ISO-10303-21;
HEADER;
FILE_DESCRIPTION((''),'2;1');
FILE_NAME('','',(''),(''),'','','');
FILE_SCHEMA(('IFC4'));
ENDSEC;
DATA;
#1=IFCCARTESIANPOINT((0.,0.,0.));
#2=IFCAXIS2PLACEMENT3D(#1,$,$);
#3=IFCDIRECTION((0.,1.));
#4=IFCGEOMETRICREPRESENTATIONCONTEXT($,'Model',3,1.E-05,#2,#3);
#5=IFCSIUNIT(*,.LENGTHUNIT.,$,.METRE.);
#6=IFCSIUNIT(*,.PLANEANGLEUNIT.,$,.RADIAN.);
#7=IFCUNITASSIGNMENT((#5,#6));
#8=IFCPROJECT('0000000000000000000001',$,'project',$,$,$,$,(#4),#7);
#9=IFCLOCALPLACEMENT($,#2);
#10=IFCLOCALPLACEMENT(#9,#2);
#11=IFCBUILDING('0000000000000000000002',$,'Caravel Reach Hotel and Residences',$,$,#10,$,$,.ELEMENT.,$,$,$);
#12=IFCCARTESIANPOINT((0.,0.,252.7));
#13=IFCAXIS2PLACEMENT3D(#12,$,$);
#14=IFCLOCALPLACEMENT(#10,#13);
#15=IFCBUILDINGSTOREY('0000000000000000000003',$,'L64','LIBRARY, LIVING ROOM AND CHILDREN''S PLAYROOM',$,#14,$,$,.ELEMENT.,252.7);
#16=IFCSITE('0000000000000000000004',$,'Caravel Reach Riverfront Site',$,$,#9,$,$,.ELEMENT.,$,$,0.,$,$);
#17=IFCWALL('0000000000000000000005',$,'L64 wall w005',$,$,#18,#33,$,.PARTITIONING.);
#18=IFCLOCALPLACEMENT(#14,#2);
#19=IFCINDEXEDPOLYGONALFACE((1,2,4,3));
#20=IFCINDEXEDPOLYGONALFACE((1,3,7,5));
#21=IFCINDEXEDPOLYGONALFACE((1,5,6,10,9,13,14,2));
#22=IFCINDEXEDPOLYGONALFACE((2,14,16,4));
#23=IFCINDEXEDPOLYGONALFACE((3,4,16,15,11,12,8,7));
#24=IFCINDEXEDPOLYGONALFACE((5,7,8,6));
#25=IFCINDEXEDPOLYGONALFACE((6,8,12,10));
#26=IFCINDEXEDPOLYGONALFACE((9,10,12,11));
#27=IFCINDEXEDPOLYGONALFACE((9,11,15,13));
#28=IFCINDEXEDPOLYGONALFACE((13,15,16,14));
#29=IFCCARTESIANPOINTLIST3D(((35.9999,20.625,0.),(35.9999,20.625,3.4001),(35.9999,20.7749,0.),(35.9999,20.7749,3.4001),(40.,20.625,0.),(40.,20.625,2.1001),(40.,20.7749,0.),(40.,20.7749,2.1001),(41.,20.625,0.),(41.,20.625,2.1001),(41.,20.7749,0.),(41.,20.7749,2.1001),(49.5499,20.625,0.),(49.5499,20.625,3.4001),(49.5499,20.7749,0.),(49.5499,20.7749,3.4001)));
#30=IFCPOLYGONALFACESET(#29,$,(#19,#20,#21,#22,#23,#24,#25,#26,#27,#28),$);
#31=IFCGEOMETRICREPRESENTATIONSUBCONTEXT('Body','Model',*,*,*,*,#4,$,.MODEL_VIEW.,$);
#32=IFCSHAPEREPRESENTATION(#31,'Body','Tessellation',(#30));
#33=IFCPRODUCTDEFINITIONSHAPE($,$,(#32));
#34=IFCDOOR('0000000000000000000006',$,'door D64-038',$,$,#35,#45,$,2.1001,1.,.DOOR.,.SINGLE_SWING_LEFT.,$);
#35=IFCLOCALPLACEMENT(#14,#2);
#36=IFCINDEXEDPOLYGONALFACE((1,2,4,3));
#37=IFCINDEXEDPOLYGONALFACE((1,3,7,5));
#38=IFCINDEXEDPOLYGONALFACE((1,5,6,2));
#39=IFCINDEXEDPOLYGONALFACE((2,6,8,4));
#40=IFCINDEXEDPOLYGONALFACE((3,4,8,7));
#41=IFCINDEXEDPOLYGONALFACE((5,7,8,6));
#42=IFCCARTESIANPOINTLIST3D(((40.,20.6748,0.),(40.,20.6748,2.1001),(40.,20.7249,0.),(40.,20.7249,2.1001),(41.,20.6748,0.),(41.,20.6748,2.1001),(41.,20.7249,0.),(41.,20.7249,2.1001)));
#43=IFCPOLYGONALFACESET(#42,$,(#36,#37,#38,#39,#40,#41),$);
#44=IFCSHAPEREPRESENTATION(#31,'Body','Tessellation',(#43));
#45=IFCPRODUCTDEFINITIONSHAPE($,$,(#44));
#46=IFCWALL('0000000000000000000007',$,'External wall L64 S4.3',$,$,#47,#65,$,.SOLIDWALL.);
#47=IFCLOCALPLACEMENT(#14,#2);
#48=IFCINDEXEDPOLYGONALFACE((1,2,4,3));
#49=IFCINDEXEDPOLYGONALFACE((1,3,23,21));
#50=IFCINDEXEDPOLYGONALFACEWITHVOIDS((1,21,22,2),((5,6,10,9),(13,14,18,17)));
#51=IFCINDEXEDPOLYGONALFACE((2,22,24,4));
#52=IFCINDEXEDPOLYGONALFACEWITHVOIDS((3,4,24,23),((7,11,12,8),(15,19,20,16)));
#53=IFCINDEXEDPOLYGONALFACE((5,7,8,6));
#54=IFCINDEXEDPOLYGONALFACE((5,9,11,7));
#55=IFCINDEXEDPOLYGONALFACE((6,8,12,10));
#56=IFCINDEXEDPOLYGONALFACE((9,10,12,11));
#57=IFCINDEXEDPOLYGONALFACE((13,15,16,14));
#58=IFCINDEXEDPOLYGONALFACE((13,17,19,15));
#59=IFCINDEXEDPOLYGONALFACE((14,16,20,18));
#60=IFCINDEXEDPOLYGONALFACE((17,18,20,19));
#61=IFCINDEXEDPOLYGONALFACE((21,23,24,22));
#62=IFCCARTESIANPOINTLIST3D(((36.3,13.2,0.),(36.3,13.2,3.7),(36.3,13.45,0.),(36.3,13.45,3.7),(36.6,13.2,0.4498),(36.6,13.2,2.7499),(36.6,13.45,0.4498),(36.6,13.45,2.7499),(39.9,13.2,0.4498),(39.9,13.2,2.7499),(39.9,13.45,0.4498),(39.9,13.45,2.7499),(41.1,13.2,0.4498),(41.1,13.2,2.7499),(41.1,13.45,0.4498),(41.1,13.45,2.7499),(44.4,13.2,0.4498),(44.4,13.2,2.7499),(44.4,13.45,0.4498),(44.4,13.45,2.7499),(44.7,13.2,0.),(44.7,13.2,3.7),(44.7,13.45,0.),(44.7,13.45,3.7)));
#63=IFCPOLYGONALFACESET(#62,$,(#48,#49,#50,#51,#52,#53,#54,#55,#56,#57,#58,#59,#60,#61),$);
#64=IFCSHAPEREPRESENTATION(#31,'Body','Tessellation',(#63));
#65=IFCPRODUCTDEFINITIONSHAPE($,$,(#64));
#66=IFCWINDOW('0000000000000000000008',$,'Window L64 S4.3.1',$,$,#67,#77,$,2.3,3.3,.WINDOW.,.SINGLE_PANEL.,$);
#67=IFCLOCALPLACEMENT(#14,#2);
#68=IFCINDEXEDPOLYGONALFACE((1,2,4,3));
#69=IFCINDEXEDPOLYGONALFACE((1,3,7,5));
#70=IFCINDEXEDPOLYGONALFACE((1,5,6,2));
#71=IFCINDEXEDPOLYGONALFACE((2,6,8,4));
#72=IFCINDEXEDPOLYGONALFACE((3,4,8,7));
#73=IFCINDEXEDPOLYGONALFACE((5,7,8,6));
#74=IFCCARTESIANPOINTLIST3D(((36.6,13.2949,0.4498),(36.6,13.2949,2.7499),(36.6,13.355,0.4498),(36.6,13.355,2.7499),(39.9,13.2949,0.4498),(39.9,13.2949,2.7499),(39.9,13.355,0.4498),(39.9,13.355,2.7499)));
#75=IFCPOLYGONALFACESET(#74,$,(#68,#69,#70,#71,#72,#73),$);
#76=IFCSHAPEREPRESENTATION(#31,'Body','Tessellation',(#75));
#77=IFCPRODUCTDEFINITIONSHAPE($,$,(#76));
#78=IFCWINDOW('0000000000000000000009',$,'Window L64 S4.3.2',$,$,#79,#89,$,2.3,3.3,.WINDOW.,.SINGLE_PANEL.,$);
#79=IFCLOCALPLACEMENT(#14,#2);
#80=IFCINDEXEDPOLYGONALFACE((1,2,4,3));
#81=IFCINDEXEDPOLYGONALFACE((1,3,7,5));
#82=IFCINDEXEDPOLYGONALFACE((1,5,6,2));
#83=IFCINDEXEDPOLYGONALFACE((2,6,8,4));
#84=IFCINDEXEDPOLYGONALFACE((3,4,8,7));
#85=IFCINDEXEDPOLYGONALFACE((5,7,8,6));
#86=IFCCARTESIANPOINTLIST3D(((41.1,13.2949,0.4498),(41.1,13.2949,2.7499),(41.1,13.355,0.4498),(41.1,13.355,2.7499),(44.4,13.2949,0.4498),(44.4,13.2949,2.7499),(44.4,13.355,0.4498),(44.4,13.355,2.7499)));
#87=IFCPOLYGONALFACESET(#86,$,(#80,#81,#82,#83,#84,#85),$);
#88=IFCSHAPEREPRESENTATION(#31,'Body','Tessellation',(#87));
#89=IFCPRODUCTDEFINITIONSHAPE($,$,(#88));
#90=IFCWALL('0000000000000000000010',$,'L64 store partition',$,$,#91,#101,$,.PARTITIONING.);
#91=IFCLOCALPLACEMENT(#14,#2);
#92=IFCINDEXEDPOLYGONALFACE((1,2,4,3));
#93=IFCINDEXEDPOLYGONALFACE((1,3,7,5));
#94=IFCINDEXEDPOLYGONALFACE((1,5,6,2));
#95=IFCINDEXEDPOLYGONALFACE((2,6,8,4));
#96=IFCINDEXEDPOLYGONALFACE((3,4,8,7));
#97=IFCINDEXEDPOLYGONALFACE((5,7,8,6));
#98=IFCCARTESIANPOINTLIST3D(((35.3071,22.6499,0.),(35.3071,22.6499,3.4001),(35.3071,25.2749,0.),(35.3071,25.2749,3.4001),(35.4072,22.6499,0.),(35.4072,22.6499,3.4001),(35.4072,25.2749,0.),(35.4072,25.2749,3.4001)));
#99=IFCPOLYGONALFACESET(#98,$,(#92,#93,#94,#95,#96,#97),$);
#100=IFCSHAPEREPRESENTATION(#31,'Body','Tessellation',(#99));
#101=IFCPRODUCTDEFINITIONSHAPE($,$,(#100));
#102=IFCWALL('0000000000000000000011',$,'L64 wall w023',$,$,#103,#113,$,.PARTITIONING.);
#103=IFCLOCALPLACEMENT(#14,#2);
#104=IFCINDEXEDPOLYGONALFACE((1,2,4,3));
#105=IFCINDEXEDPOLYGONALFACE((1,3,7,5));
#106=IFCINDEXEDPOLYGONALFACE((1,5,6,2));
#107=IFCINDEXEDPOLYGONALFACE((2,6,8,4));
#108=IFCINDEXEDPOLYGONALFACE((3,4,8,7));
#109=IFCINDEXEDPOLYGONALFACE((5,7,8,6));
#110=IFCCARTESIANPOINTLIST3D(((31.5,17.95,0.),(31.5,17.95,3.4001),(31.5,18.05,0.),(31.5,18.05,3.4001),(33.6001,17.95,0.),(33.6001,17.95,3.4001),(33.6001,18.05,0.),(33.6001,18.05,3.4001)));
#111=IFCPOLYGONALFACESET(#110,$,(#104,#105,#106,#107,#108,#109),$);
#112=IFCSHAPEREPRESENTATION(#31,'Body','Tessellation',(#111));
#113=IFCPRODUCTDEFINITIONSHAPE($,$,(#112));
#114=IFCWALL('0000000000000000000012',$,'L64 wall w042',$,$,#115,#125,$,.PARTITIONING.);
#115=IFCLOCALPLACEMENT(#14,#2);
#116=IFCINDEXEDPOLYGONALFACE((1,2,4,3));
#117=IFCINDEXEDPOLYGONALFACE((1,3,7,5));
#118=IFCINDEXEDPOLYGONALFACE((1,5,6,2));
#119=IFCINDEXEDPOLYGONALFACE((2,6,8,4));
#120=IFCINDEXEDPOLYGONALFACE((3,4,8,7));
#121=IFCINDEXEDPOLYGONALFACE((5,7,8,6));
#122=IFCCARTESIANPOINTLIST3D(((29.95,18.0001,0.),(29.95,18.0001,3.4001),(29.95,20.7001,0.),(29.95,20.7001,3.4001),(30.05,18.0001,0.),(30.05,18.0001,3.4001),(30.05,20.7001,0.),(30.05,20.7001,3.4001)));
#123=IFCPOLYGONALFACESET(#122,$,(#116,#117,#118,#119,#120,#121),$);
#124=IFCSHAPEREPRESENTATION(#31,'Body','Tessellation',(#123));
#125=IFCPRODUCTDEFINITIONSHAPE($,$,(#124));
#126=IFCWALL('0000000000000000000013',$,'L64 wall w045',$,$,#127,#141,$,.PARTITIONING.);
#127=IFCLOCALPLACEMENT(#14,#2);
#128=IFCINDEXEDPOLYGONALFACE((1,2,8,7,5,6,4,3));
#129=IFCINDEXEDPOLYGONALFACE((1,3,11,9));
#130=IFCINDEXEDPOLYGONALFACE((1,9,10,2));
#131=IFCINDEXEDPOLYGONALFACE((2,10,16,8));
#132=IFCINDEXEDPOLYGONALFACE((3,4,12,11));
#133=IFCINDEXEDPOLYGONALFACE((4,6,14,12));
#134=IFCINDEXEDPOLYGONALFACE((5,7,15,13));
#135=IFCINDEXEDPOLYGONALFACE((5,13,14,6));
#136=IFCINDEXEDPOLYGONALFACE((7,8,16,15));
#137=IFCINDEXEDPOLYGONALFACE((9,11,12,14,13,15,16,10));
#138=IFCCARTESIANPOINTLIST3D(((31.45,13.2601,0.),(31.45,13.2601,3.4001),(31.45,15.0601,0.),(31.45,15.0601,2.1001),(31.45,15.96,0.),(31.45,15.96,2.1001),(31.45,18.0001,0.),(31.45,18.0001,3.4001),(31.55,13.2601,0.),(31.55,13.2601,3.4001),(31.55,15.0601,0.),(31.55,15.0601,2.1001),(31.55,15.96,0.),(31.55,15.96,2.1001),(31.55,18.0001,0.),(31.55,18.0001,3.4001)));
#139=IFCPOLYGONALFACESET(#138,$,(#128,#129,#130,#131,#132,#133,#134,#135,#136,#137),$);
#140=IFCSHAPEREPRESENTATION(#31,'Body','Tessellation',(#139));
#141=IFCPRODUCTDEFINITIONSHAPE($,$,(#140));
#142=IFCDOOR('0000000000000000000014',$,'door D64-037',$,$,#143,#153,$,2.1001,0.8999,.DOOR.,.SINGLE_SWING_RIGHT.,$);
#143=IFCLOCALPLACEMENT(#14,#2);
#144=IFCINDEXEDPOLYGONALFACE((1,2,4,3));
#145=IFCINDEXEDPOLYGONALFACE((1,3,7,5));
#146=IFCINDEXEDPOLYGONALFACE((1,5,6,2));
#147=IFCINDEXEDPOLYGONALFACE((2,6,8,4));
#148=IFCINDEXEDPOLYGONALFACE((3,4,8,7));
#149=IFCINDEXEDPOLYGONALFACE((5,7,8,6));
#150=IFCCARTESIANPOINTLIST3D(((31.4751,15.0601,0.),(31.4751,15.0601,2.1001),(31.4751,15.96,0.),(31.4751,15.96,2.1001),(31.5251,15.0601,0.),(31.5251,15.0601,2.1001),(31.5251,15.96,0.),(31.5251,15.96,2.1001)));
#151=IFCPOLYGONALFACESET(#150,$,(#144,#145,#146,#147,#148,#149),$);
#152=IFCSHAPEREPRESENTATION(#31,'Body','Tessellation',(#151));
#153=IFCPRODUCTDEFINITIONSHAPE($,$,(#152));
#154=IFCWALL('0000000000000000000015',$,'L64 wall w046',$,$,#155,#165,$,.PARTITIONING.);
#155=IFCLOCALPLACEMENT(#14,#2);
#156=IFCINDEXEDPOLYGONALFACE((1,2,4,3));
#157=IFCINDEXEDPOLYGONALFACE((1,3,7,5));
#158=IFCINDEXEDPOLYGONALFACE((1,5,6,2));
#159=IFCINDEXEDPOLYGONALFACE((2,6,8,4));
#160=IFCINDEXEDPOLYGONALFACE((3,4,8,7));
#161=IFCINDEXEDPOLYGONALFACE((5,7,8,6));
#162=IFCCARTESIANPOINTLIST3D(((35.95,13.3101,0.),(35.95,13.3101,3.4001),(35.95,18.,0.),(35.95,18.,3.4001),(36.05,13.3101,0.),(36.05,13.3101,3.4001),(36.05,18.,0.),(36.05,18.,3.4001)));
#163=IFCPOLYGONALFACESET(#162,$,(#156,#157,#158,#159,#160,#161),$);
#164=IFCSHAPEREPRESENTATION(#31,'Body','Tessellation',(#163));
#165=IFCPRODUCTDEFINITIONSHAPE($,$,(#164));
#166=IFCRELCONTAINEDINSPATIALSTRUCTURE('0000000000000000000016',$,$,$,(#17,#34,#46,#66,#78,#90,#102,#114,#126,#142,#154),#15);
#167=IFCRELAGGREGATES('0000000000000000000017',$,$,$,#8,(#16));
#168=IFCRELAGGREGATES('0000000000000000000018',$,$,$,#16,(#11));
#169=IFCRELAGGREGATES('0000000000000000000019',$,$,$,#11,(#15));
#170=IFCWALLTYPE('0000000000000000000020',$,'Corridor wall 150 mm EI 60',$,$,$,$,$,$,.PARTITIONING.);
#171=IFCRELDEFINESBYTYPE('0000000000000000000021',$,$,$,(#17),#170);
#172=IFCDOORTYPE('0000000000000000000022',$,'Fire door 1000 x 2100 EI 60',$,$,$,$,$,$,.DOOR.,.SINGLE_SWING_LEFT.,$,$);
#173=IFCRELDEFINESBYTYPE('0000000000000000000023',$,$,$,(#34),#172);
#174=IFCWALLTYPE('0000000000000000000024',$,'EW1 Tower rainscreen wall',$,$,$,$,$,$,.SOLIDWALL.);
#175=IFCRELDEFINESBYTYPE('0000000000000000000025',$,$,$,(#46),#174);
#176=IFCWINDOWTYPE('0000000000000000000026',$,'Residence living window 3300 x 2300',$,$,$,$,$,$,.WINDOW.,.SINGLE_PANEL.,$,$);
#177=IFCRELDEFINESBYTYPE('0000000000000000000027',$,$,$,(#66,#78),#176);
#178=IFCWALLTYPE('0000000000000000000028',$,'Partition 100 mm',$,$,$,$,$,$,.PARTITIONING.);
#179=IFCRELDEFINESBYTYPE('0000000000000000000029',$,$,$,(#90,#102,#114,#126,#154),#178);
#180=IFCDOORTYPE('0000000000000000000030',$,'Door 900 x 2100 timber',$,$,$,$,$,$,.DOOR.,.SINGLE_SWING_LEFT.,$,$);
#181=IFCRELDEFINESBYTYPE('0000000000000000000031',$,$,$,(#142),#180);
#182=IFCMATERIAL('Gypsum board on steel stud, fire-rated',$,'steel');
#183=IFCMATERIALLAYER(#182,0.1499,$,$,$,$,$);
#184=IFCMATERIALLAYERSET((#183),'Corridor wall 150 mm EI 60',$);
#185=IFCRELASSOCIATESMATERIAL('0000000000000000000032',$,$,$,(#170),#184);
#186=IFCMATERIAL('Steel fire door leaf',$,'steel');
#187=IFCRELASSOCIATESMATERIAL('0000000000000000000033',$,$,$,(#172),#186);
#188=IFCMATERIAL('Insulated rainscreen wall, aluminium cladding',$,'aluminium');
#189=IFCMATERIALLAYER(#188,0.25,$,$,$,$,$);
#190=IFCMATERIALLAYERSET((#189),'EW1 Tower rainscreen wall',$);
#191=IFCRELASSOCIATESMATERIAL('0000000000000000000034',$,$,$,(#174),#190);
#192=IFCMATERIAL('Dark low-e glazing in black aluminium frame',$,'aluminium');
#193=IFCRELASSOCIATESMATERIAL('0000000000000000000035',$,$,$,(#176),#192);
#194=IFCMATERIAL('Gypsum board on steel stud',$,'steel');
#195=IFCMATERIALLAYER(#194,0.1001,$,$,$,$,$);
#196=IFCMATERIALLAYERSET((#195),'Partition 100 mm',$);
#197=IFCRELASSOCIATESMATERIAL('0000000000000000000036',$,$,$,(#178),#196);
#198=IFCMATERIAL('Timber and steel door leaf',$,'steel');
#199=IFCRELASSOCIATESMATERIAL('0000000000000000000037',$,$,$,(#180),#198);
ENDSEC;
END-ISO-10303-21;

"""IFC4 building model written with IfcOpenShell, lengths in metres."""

from ifc_helpers import new_model, si_unit, direction, frame, frame_2d, origin, place, context, subcontext, project, spatial, rectangle, extrude, material, layer, layer_set, type_object, element, fill, save


model = new_model("IFC4")

# Units and contexts
model_context = context("Model", 3, precision=1e-05, world=origin(), true_north=direction((0.0, 1.0)))
body_context = subcontext(model_context, "Body", "Model", "MODEL_VIEW")
ifc_project = project(units=[si_unit("LENGTHUNIT", "METRE"), si_unit("PLANEANGLEUNIT", "RADIAN")], contexts=[model_context])

# Site, building, storey
site_placement = place(None, origin())
site = spatial("IfcSite", under=ifc_project, at=site_placement, Name="Caravel Reach Riverfront Site", CompositionType="ELEMENT", RefElevation=0.0)
building_placement = place(site_placement, origin())
building = spatial("IfcBuilding", under=site, at=building_placement, Name="Caravel Reach Hotel and Residences", CompositionType="ELEMENT")
storey_placement = place(building_placement, frame((0.0, 0.0, 252.7)))
storey = spatial("IfcBuildingStorey", under=building, at=storey_placement, Name="L64", Description="LIBRARY, LIVING ROOM AND CHILDREN'S PLAYROOM", CompositionType="ELEMENT", Elevation=252.7)

# Wall, opening, door
ifc_material_1 = material(Name="Gypsum board on steel stud, fire-rated", Category="steel")
ifc_layer_1 = layer(ifc_material_1, 0.1499)
ifc_layer_set_1 = layer_set([ifc_layer_1], Name="Corridor wall 150 mm EI 60")
wall_type_1 = type_object("IfcWallType", Name="Corridor wall 150 mm EI 60", PredefinedType="PARTITIONING", material=ifc_layer_set_1)
wall_1_placement = place(storey_placement, frame((36.0, 20.7, 0.0), z_axis=(0.0, 0.0, 1.0), x_axis=(1.0, 0.0, 0.0)))
wall_1 = element("IfcWall", 1, at=wall_1_placement, inside=storey, type_object=wall_type_1, Name="L64 wall w005", PredefinedType="PARTITIONING", context=body_context, shape_type="SweptSolid", body=[
    extrude(rectangle(XDim=13.55, YDim=0.1499, at=frame_2d((6.7749, 0.0))), origin(), (0.0, 0.0, 1.0), 3.4001),
])
opening_1_placement = place(wall_1_placement, frame((4.0, 0.0, 0.0)))
opening_1 = element("IfcOpeningElement", 2, at=opening_1_placement, cuts=wall_1, PredefinedType="OPENING", context=body_context, shape_type="SweptSolid", body=[
    extrude(rectangle(XDim=1.0, YDim=2.1001, at=frame_2d((0.5, 1.05))), frame((0.0, 0.085, 0.0), z_axis=(0.0, -1.0, 0.0), x_axis=(1.0, 0.0, 0.0)), (0.0, 0.0, 1.0), 0.1699),
])
ifc_material_2 = material(Name="Steel fire door leaf", Category="steel")
door_type_1 = type_object("IfcDoorType", Name="Fire door 1000 x 2100 EI 60", OperationType="SINGLE_SWING_LEFT", PredefinedType="DOOR", material=ifc_material_2)
door_1_placement = place(opening_1_placement, origin())
door_1 = element("IfcDoor", 3, at=door_1_placement, inside=storey, type_object=door_type_1, Name="door D64-038", OperationType="SINGLE_SWING_LEFT", OverallHeight=2.1001, OverallWidth=1.0, PredefinedType="DOOR", context=body_context, shape_type="SweptSolid", body=[
    extrude(rectangle(XDim=1.0, YDim=2.1001, at=frame_2d((0.5, 1.05))), frame((0.0, 0.0249, 0.0), z_axis=(0.0, -1.0, 0.0), x_axis=(1.0, 0.0, 0.0)), (0.0, 0.0, 1.0), 0.05),
])
fill(opening_1, door_1)

# Wall, openings, windows
ifc_material_3 = material(Name="Insulated rainscreen wall, aluminium cladding", Category="aluminium")
ifc_layer_2 = layer(ifc_material_3, 0.25)
ifc_layer_set_2 = layer_set([ifc_layer_2], Name="EW1 Tower rainscreen wall")
wall_type_2 = type_object("IfcWallType", Name="EW1 Tower rainscreen wall", PredefinedType="SOLIDWALL", material=ifc_layer_set_2)
wall_2_placement = place(storey_placement, frame((36.3, 13.325, 0.0), z_axis=(0.0, 0.0, 1.0), x_axis=(1.0, 0.0, 0.0)))
wall_2 = element("IfcWall", 4, at=wall_2_placement, inside=storey, type_object=wall_type_2, Name="External wall L64 S4.3", PredefinedType="SOLIDWALL", context=body_context, shape_type="SweptSolid", body=[
    extrude(rectangle(XDim=8.3999, YDim=0.25, at=frame_2d((4.2, 0.0))), origin(), (0.0, 0.0, 1.0), 3.7),
])
opening_2_placement = place(wall_2_placement, frame((0.3, 0.0, 0.45)))
opening_2 = element("IfcOpeningElement", 5, at=opening_2_placement, cuts=wall_2, PredefinedType="OPENING", context=body_context, shape_type="SweptSolid", body=[
    extrude(rectangle(XDim=3.3, YDim=2.3, at=frame_2d((1.6499, 1.1499))), frame((0.0, 0.135, 0.0), z_axis=(0.0, -1.0, 0.0), x_axis=(1.0, 0.0, 0.0)), (0.0, 0.0, 1.0), 0.27),
])
opening_3_placement = place(wall_2_placement, frame((4.8, 0.0, 0.45)))
opening_3 = element("IfcOpeningElement", 6, at=opening_3_placement, cuts=wall_2, PredefinedType="OPENING", context=body_context, shape_type="SweptSolid", body=[
    extrude(rectangle(XDim=3.3, YDim=2.3, at=frame_2d((1.6499, 1.1499))), frame((0.0, 0.135, 0.0), z_axis=(0.0, -1.0, 0.0), x_axis=(1.0, 0.0, 0.0)), (0.0, 0.0, 1.0), 0.27),
])
ifc_material_4 = material(Name="Dark low-e glazing in black aluminium frame", Category="aluminium")
window_type = type_object("IfcWindowType", Name="Residence living window 3300 x 2300", PartitioningType="SINGLE_PANEL", PredefinedType="WINDOW", material=ifc_material_4)
window_1_placement = place(opening_2_placement, origin())
window_1 = element("IfcWindow", 7, at=window_1_placement, inside=storey, type_object=window_type, Name="Window L64 S4.3.1", OverallHeight=2.3, OverallWidth=3.3, PartitioningType="SINGLE_PANEL", PredefinedType="WINDOW", context=body_context, shape_type="SweptSolid", body=[
    extrude(rectangle(XDim=3.3, YDim=2.3, at=frame_2d((1.6499, 1.1499))), frame((0.0, 0.03, 0.0), z_axis=(0.0, -1.0, 0.0), x_axis=(1.0, 0.0, 0.0)), (0.0, 0.0, 1.0), 0.0601),
])
fill(opening_2, window_1)
window_2_placement = place(opening_3_placement, origin())
window_2 = element("IfcWindow", 8, at=window_2_placement, inside=storey, type_object=window_type, Name="Window L64 S4.3.2", OverallHeight=2.3, OverallWidth=3.3, PartitioningType="SINGLE_PANEL", PredefinedType="WINDOW", context=body_context, shape_type="SweptSolid", body=[
    extrude(rectangle(XDim=3.3, YDim=2.3, at=frame_2d((1.6499, 1.1499))), frame((0.0, 0.03, 0.0), z_axis=(0.0, -1.0, 0.0), x_axis=(1.0, 0.0, 0.0)), (0.0, 0.0, 1.0), 0.0601),
])
fill(opening_3, window_2)

# Walls
ifc_material_5 = material(Name="Gypsum board on steel stud", Category="steel")
ifc_layer_3 = layer(ifc_material_5, 0.1001)
ifc_layer_set_3 = layer_set([ifc_layer_3], Name="Partition 100 mm")
wall_type_3 = type_object("IfcWallType", Name="Partition 100 mm", PredefinedType="PARTITIONING", material=ifc_layer_set_3)
wall_3_placement = place(storey_placement, frame((35.3572, 22.6499, 0.0), z_axis=(0.0, 0.0, 1.0), x_axis=(0.0, 1.0, 0.0)))
element("IfcWall", 9, at=wall_3_placement, inside=storey, type_object=wall_type_3, Name="L64 store partition", PredefinedType="PARTITIONING", context=body_context, shape_type="SweptSolid", body=[
    extrude(rectangle(XDim=2.625, YDim=0.1001, at=frame_2d((1.3125, 0.0))), origin(), (0.0, 0.0, 1.0), 3.4001),
])
wall_4_placement = place(storey_placement, frame((31.5, 18.0, 0.0), z_axis=(0.0, 0.0, 1.0), x_axis=(1.0, 0.0, 0.0)))
element("IfcWall", 10, at=wall_4_placement, inside=storey, type_object=wall_type_3, Name="L64 wall w023", PredefinedType="PARTITIONING", context=body_context, shape_type="SweptSolid", body=[
    extrude(rectangle(XDim=2.1001, YDim=0.1001, at=frame_2d((1.05, 0.0))), origin(), (0.0, 0.0, 1.0), 3.4001),
])
wall_5_placement = place(storey_placement, frame((30.0, 18.0, 0.0), z_axis=(0.0, 0.0, 1.0), x_axis=(0.0, 1.0, 0.0)))
element("IfcWall", 11, at=wall_5_placement, inside=storey, type_object=wall_type_3, Name="L64 wall w042", PredefinedType="PARTITIONING", context=body_context, shape_type="SweptSolid", body=[
    extrude(rectangle(XDim=2.7, YDim=0.1001, at=frame_2d((1.3501, 0.0))), origin(), (0.0, 0.0, 1.0), 3.4001),
])

# Wall, opening, door
wall_6_placement = place(storey_placement, frame((31.5, 13.26, 0.0), z_axis=(0.0, 0.0, 1.0), x_axis=(0.0, 1.0, 0.0)))
wall_6 = element("IfcWall", 12, at=wall_6_placement, inside=storey, type_object=wall_type_3, Name="L64 wall w045", PredefinedType="PARTITIONING", context=body_context, shape_type="SweptSolid", body=[
    extrude(rectangle(XDim=4.74, YDim=0.1001, at=frame_2d((2.3701, 0.0))), origin(), (0.0, 0.0, 1.0), 3.4001),
])
opening_4_placement = place(wall_6_placement, frame((1.8, 0.0, 0.0)))
opening_4 = element("IfcOpeningElement", 13, at=opening_4_placement, cuts=wall_6, PredefinedType="OPENING", context=body_context, shape_type="SweptSolid", body=[
    extrude(rectangle(XDim=0.8999, YDim=2.1001, at=frame_2d((0.45, 1.05))), frame((0.0, 0.0601, 0.0), z_axis=(0.0, -1.0, 0.0), x_axis=(1.0, 0.0, 0.0)), (0.0, 0.0, 1.0), 0.1201),
])
ifc_material_6 = material(Name="Timber and steel door leaf", Category="steel")
door_type_2 = type_object("IfcDoorType", Name="Door 900 x 2100 timber", OperationType="SINGLE_SWING_LEFT", PredefinedType="DOOR", material=ifc_material_6)
door_2_placement = place(opening_4_placement, origin())
door_2 = element("IfcDoor", 14, at=door_2_placement, inside=storey, type_object=door_type_2, Name="door D64-037", OperationType="SINGLE_SWING_RIGHT", OverallHeight=2.1001, OverallWidth=0.8999, PredefinedType="DOOR", context=body_context, shape_type="SweptSolid", body=[
    extrude(rectangle(XDim=0.8999, YDim=2.1001, at=frame_2d((0.45, 1.05))), frame((0.0, 0.0249, 0.0), z_axis=(0.0, -1.0, 0.0), x_axis=(1.0, 0.0, 0.0)), (0.0, 0.0, 1.0), 0.05),
])
fill(opening_4, door_2)

# Wall
wall_7_placement = place(storey_placement, frame((36.0, 13.3101, 0.0), z_axis=(0.0, 0.0, 1.0), x_axis=(0.0, 1.0, 0.0)))
element("IfcWall", 15, at=wall_7_placement, inside=storey, type_object=wall_type_3, Name="L64 wall w046", PredefinedType="PARTITIONING", context=body_context, shape_type="SweptSolid", body=[
    extrude(rectangle(XDim=4.6899, YDim=0.1001, at=frame_2d((2.345, 0.0))), origin(), (0.0, 0.0, 1.0), 3.4001),
])

save(model, "model.ifc")
